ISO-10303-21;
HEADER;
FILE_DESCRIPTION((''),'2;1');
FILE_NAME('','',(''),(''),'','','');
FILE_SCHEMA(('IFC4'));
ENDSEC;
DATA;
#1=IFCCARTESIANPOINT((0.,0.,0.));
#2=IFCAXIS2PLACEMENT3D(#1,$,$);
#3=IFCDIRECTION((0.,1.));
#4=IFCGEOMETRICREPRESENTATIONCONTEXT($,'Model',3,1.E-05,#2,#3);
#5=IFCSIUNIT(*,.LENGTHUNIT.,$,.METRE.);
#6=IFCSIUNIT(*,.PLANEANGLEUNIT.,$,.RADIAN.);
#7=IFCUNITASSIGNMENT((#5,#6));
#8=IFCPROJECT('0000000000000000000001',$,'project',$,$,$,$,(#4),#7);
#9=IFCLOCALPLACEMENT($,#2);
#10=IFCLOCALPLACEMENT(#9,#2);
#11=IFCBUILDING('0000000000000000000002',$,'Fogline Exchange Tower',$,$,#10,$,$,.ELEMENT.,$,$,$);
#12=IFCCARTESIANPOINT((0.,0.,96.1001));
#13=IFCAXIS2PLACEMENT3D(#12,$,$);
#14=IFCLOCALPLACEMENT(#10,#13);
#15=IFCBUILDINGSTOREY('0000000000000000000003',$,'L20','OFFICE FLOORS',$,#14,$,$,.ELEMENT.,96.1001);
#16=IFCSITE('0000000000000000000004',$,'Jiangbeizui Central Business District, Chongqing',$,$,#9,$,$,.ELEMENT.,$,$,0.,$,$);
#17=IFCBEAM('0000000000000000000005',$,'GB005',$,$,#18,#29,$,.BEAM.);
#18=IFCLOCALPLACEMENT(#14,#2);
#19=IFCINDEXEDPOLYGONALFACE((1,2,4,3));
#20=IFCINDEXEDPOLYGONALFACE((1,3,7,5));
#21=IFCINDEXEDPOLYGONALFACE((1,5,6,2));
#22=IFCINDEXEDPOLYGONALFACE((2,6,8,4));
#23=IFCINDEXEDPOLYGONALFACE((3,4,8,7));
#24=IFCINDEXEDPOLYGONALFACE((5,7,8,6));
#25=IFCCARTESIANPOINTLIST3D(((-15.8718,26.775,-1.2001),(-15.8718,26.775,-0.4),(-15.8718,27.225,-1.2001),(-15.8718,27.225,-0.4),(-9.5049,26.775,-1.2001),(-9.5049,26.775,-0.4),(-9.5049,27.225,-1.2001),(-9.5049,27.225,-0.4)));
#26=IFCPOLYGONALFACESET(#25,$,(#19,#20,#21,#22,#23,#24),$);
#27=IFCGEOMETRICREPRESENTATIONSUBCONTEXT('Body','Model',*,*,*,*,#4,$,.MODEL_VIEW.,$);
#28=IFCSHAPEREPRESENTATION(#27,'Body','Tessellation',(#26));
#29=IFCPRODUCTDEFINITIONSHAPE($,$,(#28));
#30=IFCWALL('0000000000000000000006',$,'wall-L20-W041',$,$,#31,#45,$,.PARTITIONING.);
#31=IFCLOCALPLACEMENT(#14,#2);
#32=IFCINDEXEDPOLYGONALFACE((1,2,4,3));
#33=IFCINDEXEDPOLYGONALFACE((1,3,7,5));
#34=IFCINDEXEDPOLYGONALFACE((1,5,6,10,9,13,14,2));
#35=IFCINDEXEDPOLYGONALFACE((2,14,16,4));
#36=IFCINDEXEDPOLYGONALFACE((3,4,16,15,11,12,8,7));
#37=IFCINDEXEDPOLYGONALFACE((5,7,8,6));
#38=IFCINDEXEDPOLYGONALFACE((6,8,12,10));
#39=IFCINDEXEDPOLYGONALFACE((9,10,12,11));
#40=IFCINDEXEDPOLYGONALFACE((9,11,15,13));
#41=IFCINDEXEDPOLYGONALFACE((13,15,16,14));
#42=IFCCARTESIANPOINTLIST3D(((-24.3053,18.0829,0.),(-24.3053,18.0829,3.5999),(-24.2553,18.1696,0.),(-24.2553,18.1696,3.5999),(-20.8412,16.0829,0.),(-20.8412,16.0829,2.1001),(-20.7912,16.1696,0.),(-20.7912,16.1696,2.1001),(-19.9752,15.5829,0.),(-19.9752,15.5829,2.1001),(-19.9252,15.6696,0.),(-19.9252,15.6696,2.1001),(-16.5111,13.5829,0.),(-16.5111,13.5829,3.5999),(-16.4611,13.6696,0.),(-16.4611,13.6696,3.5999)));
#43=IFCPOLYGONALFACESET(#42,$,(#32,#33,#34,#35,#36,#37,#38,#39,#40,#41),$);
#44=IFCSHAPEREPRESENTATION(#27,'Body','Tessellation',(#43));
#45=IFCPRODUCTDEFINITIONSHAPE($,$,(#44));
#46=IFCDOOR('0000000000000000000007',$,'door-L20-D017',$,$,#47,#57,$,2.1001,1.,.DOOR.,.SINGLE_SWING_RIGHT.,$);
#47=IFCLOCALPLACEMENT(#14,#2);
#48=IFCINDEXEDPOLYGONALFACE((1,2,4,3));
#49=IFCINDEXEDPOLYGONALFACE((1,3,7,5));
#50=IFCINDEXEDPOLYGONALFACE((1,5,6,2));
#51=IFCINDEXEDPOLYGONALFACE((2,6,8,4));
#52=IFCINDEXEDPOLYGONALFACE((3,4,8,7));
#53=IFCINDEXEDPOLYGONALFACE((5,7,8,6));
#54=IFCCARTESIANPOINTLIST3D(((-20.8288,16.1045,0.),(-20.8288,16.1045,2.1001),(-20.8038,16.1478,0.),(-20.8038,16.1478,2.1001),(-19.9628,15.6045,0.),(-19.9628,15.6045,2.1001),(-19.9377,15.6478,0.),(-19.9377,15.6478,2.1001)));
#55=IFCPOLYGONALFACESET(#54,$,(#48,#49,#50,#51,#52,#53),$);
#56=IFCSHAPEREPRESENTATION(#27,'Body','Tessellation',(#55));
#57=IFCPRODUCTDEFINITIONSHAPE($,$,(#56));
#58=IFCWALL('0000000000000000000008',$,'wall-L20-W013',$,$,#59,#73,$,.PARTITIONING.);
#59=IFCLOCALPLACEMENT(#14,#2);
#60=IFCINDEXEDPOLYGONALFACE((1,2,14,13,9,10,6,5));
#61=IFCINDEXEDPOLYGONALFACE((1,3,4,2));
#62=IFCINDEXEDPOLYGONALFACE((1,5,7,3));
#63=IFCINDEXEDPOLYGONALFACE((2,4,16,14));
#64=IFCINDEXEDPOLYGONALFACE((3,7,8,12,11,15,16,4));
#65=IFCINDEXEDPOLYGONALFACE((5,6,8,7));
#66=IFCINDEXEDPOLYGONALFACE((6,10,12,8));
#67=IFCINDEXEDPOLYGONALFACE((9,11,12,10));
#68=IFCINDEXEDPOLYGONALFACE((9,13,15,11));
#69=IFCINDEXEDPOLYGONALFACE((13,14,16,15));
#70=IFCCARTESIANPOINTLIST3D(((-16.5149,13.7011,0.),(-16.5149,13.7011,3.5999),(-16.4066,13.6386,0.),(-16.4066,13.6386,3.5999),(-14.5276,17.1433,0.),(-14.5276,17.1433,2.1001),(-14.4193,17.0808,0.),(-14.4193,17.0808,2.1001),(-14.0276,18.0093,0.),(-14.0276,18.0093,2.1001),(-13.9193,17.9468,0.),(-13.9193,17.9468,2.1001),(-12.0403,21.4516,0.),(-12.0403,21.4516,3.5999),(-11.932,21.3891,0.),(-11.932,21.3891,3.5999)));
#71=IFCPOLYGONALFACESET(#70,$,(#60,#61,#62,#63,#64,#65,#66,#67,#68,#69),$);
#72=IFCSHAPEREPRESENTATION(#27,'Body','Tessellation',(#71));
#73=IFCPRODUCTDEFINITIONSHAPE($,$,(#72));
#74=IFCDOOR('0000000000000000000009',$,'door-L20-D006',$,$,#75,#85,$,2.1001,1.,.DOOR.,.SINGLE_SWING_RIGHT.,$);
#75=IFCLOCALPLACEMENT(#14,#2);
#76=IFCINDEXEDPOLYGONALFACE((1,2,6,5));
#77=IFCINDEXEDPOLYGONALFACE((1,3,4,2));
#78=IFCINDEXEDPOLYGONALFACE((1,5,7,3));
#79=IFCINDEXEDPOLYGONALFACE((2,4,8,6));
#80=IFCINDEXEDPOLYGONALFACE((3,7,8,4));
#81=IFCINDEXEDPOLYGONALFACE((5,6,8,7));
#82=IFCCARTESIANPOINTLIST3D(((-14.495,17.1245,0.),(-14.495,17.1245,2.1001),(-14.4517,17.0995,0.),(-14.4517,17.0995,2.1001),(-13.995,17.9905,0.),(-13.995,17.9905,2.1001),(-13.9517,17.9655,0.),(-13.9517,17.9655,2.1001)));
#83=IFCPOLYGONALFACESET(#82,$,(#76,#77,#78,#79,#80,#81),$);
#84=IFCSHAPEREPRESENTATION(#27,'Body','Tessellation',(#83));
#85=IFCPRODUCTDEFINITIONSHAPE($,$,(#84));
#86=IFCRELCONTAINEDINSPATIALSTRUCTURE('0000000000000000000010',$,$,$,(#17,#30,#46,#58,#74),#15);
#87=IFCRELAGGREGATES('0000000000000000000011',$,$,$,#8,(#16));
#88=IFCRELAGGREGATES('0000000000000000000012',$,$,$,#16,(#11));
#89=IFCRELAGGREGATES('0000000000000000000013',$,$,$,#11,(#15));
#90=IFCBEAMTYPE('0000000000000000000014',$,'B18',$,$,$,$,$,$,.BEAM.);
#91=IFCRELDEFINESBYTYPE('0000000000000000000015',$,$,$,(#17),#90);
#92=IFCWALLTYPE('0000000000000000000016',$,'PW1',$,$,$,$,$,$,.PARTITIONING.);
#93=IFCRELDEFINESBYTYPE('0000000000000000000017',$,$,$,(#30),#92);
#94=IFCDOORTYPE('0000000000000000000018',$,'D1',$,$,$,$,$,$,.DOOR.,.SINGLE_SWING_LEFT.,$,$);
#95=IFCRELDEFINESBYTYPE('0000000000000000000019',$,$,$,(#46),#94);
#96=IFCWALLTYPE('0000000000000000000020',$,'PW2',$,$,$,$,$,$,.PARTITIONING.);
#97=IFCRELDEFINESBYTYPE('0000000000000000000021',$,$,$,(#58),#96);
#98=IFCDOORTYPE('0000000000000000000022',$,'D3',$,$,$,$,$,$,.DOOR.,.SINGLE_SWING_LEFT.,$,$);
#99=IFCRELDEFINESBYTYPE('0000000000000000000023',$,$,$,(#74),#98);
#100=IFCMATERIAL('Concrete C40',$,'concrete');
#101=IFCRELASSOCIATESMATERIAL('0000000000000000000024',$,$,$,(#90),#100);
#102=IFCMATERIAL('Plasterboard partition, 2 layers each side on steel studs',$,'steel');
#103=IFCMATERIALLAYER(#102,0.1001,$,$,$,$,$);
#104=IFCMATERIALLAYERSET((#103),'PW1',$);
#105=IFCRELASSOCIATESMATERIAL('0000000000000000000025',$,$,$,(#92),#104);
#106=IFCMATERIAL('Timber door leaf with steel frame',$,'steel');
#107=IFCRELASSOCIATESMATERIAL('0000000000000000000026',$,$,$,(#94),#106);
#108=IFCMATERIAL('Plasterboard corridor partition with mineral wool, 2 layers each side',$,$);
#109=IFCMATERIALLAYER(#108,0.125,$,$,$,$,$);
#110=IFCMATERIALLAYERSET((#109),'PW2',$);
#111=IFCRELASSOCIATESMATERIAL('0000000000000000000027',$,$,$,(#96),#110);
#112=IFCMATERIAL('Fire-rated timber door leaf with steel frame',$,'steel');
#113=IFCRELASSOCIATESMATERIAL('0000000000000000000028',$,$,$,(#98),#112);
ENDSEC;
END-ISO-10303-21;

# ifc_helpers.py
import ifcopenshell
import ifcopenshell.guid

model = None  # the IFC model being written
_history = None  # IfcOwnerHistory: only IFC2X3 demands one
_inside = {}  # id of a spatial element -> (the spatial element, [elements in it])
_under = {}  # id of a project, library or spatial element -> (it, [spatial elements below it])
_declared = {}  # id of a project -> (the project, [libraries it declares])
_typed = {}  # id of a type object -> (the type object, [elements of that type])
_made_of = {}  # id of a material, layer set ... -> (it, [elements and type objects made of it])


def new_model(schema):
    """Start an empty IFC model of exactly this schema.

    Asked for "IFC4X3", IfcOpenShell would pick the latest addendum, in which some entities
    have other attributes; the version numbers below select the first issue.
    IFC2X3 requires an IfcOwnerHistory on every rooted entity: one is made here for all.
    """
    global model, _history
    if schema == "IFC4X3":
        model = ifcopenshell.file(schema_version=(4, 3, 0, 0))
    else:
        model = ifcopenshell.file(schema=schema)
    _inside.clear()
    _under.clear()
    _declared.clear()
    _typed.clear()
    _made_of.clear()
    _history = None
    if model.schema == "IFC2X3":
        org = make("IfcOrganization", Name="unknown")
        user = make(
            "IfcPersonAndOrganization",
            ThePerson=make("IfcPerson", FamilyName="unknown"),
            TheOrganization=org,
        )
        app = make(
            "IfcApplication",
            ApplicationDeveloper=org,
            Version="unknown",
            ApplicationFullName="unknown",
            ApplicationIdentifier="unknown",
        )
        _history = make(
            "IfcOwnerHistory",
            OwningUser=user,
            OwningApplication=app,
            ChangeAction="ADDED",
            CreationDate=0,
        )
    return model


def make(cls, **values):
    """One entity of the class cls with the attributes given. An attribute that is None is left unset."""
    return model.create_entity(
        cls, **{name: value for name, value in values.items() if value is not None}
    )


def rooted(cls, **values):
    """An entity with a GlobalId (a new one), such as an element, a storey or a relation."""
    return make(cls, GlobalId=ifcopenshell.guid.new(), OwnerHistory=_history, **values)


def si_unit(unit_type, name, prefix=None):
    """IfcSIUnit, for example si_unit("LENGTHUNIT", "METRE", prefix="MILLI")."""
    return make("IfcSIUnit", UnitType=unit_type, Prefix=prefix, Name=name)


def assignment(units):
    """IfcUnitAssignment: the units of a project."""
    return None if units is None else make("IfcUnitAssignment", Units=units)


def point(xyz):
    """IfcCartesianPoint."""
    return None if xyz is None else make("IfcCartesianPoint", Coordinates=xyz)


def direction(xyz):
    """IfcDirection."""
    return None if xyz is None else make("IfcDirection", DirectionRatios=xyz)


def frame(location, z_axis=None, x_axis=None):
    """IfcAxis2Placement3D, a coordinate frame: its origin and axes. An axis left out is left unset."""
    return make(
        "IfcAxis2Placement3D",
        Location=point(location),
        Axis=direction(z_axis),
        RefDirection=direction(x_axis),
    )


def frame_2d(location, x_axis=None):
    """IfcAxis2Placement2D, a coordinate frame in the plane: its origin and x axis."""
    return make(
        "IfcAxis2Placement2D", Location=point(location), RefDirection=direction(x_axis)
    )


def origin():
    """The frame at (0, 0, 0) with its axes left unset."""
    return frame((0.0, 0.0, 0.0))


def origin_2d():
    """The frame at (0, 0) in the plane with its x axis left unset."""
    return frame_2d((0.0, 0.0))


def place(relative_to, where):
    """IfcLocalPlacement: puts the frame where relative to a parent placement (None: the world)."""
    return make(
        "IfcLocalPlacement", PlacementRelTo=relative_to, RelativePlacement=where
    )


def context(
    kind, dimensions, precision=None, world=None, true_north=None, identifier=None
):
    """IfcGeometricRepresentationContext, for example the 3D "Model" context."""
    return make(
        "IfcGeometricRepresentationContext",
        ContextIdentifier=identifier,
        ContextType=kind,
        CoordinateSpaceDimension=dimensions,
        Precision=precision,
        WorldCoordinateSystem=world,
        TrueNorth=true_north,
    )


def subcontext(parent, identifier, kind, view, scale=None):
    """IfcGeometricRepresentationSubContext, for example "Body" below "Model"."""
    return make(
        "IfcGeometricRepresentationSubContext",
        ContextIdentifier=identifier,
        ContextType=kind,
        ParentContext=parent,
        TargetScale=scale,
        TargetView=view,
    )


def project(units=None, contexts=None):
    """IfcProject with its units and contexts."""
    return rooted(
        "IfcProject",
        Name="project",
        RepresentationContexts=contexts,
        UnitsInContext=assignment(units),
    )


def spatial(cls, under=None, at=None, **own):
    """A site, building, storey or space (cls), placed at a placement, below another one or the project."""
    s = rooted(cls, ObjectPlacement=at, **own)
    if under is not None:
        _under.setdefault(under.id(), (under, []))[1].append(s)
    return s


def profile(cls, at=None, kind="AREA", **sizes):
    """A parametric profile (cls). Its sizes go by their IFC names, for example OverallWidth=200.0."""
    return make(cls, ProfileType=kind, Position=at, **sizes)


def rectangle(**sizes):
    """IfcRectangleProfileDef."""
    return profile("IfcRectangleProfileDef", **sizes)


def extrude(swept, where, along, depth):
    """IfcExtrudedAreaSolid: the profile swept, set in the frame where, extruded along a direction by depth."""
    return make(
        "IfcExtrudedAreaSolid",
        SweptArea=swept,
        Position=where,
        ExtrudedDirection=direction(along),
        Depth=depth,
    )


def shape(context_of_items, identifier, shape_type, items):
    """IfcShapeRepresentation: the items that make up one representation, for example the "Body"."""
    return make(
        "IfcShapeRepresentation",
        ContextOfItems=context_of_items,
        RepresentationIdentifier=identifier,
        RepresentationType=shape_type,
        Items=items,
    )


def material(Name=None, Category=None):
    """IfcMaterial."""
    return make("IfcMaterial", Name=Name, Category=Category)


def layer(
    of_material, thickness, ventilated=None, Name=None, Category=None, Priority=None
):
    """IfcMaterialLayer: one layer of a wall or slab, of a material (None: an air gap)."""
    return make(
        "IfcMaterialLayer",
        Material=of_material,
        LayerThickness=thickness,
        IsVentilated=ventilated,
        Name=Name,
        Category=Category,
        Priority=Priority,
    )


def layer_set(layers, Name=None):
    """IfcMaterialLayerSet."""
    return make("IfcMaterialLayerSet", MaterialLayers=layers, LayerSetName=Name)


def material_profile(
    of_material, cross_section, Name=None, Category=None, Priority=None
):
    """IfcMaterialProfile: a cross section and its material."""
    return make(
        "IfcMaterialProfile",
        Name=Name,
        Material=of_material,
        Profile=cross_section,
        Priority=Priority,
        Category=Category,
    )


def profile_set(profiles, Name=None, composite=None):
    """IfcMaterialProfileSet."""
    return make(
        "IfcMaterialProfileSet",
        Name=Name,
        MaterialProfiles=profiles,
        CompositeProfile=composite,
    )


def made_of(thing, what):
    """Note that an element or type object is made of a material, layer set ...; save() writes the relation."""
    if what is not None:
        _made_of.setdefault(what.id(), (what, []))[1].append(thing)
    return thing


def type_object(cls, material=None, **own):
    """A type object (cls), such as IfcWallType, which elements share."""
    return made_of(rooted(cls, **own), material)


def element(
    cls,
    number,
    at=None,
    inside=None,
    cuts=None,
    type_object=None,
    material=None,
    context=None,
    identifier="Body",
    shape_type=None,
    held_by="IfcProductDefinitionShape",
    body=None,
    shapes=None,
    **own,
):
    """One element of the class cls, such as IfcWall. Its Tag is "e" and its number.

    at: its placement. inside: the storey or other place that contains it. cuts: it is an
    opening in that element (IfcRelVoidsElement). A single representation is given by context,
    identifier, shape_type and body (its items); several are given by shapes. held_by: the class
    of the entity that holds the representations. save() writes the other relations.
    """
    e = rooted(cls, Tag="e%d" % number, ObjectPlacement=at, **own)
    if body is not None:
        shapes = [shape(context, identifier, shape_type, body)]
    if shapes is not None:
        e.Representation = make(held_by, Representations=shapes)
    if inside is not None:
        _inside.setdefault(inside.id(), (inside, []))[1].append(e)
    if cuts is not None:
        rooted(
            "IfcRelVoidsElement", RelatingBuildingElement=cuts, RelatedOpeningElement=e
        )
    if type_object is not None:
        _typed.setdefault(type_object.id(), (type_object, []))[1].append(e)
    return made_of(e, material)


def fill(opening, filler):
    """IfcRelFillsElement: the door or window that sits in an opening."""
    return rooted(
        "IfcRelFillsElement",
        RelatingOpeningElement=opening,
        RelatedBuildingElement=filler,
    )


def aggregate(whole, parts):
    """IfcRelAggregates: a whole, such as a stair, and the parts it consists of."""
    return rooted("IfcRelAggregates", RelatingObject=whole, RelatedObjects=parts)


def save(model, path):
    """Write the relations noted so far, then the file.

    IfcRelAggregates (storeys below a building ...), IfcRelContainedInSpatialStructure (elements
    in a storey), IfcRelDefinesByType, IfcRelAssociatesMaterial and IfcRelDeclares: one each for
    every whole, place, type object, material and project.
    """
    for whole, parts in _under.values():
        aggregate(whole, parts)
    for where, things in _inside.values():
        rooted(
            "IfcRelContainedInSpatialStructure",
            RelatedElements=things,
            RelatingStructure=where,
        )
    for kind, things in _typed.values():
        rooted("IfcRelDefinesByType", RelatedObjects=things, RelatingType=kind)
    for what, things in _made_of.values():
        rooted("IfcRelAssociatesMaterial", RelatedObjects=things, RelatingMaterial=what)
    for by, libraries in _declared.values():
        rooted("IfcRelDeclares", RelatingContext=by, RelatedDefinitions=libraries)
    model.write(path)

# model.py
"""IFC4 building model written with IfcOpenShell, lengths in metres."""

from ifc_helpers import new_model, si_unit, direction, frame, frame_2d, origin, origin_2d, place, context, subcontext, project, spatial, rectangle, extrude, material, layer, layer_set, material_profile, profile_set, type_object, element, fill, save


model = new_model("IFC4")

# Units and contexts
model_context = context("Model", 3, precision=1e-05, world=origin(), true_north=direction((0.0, 1.0)))
body_context = subcontext(model_context, "Body", "Model", "MODEL_VIEW")
ifc_project = project(units=[si_unit("LENGTHUNIT", "METRE"), si_unit("PLANEANGLEUNIT", "RADIAN")], contexts=[model_context])

# Site, building, storey
site_placement = place(None, origin())
site = spatial("IfcSite", under=ifc_project, at=site_placement, Name="Jiangbeizui Central Business District, Chongqing", CompositionType="ELEMENT", RefElevation=0.0)
building_placement = place(site_placement, origin())
building = spatial("IfcBuilding", under=site, at=building_placement, Name="Fogline Exchange Tower", CompositionType="ELEMENT")
storey_placement = place(building_placement, frame((0.0, 0.0, 96.1001)))
storey = spatial("IfcBuildingStorey", under=building, at=storey_placement, Name="L20", Description="OFFICE FLOORS", CompositionType="ELEMENT", Elevation=96.1001)

# Beam
ifc_material_1 = material(Name="Concrete C40", Category="concrete")
ifc_material_profile_1 = material_profile(ifc_material_1, rectangle(XDim=0.45, YDim=0.8, at=origin_2d()), Name="RC 450x800")
ifc_profile_set_1 = profile_set([ifc_material_profile_1], Name="Concrete C40")
beam_type_1 = type_object("IfcBeamType", Name="B18", PredefinedType="BEAM", material=ifc_profile_set_1)
beam_1_placement = place(storey_placement, frame((-15.8718, 27.0, -0.8), z_axis=(1.0, 0.0, 0.0), x_axis=(0.0, 1.0, 0.0)))
element("IfcBeam", 1, at=beam_1_placement, inside=storey, type_object=beam_type_1, Name="GB005", PredefinedType="BEAM", context=body_context, shape_type="SweptSolid", body=[
    extrude(rectangle(XDim=0.45, YDim=0.8, at=origin_2d()), origin(), (0.0, 0.0, 1.0), 6.3669),
])

# Walls, openings, doors
ifc_material_2 = material(Name="Plasterboard partition, 2 layers each side on steel studs", Category="steel")
ifc_layer_1 = layer(ifc_material_2, 0.1001)
ifc_layer_set_1 = layer_set([ifc_layer_1], Name="PW1")
wall_type_1 = type_object("IfcWallType", Name="PW1", PredefinedType="PARTITIONING", material=ifc_layer_set_1)
wall_1_placement = place(storey_placement, frame((-16.4861, 13.6262, 0.0), z_axis=(0.0, 0.0, 1.0), x_axis=(-0.866024, 0.500002, 0.0)))
wall_1 = element("IfcWall", 2, at=wall_1_placement, inside=storey, type_object=wall_type_1, Name="wall-L20-W041", PredefinedType="PARTITIONING", context=body_context, shape_type="SweptSolid", body=[
    extrude(rectangle(XDim=9.0, YDim=0.1001, at=frame_2d((4.5, 0.0))), origin(), (0.0, 0.0, 1.0), 3.5999),
])
opening_1_placement = place(wall_1_placement, frame((4.0, 0.0, 0.0)))
opening_1 = element("IfcOpeningElement", 3, at=opening_1_placement, cuts=wall_1, PredefinedType="OPENING", context=body_context, shape_type="SweptSolid", body=[
    extrude(rectangle(XDim=1.0, YDim=2.1001, at=frame_2d((0.5, 1.05))), frame((0.0, 0.0601, 0.0), z_axis=(0.0, -1.0, 0.0), x_axis=(1.0, 0.0, 0.0)), (0.0, 0.0, 1.0), 0.1201),
])
ifc_material_3 = material(Name="Timber door leaf with steel frame", Category="steel")
door_type_1 = type_object("IfcDoorType", Name="D1", OperationType="SINGLE_SWING_LEFT", PredefinedType="DOOR", material=ifc_material_3)
door_1_placement = place(opening_1_placement, frame((1.0, 0.0, 0.0), z_axis=(0.0, 0.0, 1.0), x_axis=(-1.0, 0.0, 0.0)))
door_1 = element("IfcDoor", 4, at=door_1_placement, inside=storey, type_object=door_type_1, Name="door-L20-D017", OperationType="SINGLE_SWING_RIGHT", OverallHeight=2.1001, OverallWidth=1.0, PredefinedType="DOOR", context=body_context, shape_type="SweptSolid", body=[
    extrude(rectangle(XDim=1.0, YDim=2.1001, at=frame_2d((0.5, 1.05))), frame((0.0, 0.0249, 0.0), z_axis=(0.0, -1.0, 0.0), x_axis=(1.0, 0.0, 0.0)), (0.0, 0.0, 1.0), 0.05),
])
fill(opening_1, door_1)
ifc_material_4 = material(Name="Plasterboard corridor partition with mineral wool, 2 layers each side")
ifc_layer_2 = layer(ifc_material_4, 0.125)
ifc_layer_set_2 = layer_set([ifc_layer_2], Name="PW2")
wall_type_2 = type_object("IfcWallType", Name="PW2", PredefinedType="PARTITIONING", material=ifc_layer_set_2)
wall_2_placement = place(storey_placement, frame((-16.4607, 13.6699, 0.0), z_axis=(0.0, 0.0, 1.0), x_axis=(0.499989, 0.866032, 0.0)))
wall_2 = element("IfcWall", 5, at=wall_2_placement, inside=storey, type_object=wall_type_2, Name="wall-L20-W013", PredefinedType="PARTITIONING", context=body_context, shape_type="SweptSolid", body=[
    extrude(rectangle(XDim=8.9495, YDim=0.125, at=frame_2d((4.4746, 0.0))), origin(), (0.0, 0.0, 1.0), 3.5999),
])
opening_2_placement = place(wall_2_placement, frame((3.9746, 0.0, 0.0)))
opening_2 = element("IfcOpeningElement", 6, at=opening_2_placement, cuts=wall_2, PredefinedType="OPENING", context=body_context, shape_type="SweptSolid", body=[
    extrude(rectangle(XDim=1.0, YDim=2.1001, at=frame_2d((0.5, 1.05))), frame((0.0, 0.0725, 0.0), z_axis=(0.0, -1.0, 0.0), x_axis=(1.0, 0.0, 0.0)), (0.0, 0.0, 1.0), 0.145),
])
ifc_material_5 = material(Name="Fire-rated timber door leaf with steel frame", Category="steel")
door_type_2 = type_object("IfcDoorType", Name="D3", OperationType="SINGLE_SWING_LEFT", PredefinedType="DOOR", material=ifc_material_5)
door_2_placement = place(opening_2_placement, origin())
door_2 = element("IfcDoor", 7, at=door_2_placement, inside=storey, type_object=door_type_2, Name="door-L20-D006", OperationType="SINGLE_SWING_RIGHT", OverallHeight=2.1001, OverallWidth=1.0, PredefinedType="DOOR", context=body_context, shape_type="SweptSolid", body=[
    extrude(rectangle(XDim=1.0, YDim=2.1001, at=frame_2d((0.5, 1.05))), frame((0.0, 0.0249, 0.0), z_axis=(0.0, -1.0, 0.0), x_axis=(1.0, 0.0, 0.0)), (0.0, 0.0, 1.0), 0.05),
])
fill(opening_2, door_2)

save(model, "model.ifc")
